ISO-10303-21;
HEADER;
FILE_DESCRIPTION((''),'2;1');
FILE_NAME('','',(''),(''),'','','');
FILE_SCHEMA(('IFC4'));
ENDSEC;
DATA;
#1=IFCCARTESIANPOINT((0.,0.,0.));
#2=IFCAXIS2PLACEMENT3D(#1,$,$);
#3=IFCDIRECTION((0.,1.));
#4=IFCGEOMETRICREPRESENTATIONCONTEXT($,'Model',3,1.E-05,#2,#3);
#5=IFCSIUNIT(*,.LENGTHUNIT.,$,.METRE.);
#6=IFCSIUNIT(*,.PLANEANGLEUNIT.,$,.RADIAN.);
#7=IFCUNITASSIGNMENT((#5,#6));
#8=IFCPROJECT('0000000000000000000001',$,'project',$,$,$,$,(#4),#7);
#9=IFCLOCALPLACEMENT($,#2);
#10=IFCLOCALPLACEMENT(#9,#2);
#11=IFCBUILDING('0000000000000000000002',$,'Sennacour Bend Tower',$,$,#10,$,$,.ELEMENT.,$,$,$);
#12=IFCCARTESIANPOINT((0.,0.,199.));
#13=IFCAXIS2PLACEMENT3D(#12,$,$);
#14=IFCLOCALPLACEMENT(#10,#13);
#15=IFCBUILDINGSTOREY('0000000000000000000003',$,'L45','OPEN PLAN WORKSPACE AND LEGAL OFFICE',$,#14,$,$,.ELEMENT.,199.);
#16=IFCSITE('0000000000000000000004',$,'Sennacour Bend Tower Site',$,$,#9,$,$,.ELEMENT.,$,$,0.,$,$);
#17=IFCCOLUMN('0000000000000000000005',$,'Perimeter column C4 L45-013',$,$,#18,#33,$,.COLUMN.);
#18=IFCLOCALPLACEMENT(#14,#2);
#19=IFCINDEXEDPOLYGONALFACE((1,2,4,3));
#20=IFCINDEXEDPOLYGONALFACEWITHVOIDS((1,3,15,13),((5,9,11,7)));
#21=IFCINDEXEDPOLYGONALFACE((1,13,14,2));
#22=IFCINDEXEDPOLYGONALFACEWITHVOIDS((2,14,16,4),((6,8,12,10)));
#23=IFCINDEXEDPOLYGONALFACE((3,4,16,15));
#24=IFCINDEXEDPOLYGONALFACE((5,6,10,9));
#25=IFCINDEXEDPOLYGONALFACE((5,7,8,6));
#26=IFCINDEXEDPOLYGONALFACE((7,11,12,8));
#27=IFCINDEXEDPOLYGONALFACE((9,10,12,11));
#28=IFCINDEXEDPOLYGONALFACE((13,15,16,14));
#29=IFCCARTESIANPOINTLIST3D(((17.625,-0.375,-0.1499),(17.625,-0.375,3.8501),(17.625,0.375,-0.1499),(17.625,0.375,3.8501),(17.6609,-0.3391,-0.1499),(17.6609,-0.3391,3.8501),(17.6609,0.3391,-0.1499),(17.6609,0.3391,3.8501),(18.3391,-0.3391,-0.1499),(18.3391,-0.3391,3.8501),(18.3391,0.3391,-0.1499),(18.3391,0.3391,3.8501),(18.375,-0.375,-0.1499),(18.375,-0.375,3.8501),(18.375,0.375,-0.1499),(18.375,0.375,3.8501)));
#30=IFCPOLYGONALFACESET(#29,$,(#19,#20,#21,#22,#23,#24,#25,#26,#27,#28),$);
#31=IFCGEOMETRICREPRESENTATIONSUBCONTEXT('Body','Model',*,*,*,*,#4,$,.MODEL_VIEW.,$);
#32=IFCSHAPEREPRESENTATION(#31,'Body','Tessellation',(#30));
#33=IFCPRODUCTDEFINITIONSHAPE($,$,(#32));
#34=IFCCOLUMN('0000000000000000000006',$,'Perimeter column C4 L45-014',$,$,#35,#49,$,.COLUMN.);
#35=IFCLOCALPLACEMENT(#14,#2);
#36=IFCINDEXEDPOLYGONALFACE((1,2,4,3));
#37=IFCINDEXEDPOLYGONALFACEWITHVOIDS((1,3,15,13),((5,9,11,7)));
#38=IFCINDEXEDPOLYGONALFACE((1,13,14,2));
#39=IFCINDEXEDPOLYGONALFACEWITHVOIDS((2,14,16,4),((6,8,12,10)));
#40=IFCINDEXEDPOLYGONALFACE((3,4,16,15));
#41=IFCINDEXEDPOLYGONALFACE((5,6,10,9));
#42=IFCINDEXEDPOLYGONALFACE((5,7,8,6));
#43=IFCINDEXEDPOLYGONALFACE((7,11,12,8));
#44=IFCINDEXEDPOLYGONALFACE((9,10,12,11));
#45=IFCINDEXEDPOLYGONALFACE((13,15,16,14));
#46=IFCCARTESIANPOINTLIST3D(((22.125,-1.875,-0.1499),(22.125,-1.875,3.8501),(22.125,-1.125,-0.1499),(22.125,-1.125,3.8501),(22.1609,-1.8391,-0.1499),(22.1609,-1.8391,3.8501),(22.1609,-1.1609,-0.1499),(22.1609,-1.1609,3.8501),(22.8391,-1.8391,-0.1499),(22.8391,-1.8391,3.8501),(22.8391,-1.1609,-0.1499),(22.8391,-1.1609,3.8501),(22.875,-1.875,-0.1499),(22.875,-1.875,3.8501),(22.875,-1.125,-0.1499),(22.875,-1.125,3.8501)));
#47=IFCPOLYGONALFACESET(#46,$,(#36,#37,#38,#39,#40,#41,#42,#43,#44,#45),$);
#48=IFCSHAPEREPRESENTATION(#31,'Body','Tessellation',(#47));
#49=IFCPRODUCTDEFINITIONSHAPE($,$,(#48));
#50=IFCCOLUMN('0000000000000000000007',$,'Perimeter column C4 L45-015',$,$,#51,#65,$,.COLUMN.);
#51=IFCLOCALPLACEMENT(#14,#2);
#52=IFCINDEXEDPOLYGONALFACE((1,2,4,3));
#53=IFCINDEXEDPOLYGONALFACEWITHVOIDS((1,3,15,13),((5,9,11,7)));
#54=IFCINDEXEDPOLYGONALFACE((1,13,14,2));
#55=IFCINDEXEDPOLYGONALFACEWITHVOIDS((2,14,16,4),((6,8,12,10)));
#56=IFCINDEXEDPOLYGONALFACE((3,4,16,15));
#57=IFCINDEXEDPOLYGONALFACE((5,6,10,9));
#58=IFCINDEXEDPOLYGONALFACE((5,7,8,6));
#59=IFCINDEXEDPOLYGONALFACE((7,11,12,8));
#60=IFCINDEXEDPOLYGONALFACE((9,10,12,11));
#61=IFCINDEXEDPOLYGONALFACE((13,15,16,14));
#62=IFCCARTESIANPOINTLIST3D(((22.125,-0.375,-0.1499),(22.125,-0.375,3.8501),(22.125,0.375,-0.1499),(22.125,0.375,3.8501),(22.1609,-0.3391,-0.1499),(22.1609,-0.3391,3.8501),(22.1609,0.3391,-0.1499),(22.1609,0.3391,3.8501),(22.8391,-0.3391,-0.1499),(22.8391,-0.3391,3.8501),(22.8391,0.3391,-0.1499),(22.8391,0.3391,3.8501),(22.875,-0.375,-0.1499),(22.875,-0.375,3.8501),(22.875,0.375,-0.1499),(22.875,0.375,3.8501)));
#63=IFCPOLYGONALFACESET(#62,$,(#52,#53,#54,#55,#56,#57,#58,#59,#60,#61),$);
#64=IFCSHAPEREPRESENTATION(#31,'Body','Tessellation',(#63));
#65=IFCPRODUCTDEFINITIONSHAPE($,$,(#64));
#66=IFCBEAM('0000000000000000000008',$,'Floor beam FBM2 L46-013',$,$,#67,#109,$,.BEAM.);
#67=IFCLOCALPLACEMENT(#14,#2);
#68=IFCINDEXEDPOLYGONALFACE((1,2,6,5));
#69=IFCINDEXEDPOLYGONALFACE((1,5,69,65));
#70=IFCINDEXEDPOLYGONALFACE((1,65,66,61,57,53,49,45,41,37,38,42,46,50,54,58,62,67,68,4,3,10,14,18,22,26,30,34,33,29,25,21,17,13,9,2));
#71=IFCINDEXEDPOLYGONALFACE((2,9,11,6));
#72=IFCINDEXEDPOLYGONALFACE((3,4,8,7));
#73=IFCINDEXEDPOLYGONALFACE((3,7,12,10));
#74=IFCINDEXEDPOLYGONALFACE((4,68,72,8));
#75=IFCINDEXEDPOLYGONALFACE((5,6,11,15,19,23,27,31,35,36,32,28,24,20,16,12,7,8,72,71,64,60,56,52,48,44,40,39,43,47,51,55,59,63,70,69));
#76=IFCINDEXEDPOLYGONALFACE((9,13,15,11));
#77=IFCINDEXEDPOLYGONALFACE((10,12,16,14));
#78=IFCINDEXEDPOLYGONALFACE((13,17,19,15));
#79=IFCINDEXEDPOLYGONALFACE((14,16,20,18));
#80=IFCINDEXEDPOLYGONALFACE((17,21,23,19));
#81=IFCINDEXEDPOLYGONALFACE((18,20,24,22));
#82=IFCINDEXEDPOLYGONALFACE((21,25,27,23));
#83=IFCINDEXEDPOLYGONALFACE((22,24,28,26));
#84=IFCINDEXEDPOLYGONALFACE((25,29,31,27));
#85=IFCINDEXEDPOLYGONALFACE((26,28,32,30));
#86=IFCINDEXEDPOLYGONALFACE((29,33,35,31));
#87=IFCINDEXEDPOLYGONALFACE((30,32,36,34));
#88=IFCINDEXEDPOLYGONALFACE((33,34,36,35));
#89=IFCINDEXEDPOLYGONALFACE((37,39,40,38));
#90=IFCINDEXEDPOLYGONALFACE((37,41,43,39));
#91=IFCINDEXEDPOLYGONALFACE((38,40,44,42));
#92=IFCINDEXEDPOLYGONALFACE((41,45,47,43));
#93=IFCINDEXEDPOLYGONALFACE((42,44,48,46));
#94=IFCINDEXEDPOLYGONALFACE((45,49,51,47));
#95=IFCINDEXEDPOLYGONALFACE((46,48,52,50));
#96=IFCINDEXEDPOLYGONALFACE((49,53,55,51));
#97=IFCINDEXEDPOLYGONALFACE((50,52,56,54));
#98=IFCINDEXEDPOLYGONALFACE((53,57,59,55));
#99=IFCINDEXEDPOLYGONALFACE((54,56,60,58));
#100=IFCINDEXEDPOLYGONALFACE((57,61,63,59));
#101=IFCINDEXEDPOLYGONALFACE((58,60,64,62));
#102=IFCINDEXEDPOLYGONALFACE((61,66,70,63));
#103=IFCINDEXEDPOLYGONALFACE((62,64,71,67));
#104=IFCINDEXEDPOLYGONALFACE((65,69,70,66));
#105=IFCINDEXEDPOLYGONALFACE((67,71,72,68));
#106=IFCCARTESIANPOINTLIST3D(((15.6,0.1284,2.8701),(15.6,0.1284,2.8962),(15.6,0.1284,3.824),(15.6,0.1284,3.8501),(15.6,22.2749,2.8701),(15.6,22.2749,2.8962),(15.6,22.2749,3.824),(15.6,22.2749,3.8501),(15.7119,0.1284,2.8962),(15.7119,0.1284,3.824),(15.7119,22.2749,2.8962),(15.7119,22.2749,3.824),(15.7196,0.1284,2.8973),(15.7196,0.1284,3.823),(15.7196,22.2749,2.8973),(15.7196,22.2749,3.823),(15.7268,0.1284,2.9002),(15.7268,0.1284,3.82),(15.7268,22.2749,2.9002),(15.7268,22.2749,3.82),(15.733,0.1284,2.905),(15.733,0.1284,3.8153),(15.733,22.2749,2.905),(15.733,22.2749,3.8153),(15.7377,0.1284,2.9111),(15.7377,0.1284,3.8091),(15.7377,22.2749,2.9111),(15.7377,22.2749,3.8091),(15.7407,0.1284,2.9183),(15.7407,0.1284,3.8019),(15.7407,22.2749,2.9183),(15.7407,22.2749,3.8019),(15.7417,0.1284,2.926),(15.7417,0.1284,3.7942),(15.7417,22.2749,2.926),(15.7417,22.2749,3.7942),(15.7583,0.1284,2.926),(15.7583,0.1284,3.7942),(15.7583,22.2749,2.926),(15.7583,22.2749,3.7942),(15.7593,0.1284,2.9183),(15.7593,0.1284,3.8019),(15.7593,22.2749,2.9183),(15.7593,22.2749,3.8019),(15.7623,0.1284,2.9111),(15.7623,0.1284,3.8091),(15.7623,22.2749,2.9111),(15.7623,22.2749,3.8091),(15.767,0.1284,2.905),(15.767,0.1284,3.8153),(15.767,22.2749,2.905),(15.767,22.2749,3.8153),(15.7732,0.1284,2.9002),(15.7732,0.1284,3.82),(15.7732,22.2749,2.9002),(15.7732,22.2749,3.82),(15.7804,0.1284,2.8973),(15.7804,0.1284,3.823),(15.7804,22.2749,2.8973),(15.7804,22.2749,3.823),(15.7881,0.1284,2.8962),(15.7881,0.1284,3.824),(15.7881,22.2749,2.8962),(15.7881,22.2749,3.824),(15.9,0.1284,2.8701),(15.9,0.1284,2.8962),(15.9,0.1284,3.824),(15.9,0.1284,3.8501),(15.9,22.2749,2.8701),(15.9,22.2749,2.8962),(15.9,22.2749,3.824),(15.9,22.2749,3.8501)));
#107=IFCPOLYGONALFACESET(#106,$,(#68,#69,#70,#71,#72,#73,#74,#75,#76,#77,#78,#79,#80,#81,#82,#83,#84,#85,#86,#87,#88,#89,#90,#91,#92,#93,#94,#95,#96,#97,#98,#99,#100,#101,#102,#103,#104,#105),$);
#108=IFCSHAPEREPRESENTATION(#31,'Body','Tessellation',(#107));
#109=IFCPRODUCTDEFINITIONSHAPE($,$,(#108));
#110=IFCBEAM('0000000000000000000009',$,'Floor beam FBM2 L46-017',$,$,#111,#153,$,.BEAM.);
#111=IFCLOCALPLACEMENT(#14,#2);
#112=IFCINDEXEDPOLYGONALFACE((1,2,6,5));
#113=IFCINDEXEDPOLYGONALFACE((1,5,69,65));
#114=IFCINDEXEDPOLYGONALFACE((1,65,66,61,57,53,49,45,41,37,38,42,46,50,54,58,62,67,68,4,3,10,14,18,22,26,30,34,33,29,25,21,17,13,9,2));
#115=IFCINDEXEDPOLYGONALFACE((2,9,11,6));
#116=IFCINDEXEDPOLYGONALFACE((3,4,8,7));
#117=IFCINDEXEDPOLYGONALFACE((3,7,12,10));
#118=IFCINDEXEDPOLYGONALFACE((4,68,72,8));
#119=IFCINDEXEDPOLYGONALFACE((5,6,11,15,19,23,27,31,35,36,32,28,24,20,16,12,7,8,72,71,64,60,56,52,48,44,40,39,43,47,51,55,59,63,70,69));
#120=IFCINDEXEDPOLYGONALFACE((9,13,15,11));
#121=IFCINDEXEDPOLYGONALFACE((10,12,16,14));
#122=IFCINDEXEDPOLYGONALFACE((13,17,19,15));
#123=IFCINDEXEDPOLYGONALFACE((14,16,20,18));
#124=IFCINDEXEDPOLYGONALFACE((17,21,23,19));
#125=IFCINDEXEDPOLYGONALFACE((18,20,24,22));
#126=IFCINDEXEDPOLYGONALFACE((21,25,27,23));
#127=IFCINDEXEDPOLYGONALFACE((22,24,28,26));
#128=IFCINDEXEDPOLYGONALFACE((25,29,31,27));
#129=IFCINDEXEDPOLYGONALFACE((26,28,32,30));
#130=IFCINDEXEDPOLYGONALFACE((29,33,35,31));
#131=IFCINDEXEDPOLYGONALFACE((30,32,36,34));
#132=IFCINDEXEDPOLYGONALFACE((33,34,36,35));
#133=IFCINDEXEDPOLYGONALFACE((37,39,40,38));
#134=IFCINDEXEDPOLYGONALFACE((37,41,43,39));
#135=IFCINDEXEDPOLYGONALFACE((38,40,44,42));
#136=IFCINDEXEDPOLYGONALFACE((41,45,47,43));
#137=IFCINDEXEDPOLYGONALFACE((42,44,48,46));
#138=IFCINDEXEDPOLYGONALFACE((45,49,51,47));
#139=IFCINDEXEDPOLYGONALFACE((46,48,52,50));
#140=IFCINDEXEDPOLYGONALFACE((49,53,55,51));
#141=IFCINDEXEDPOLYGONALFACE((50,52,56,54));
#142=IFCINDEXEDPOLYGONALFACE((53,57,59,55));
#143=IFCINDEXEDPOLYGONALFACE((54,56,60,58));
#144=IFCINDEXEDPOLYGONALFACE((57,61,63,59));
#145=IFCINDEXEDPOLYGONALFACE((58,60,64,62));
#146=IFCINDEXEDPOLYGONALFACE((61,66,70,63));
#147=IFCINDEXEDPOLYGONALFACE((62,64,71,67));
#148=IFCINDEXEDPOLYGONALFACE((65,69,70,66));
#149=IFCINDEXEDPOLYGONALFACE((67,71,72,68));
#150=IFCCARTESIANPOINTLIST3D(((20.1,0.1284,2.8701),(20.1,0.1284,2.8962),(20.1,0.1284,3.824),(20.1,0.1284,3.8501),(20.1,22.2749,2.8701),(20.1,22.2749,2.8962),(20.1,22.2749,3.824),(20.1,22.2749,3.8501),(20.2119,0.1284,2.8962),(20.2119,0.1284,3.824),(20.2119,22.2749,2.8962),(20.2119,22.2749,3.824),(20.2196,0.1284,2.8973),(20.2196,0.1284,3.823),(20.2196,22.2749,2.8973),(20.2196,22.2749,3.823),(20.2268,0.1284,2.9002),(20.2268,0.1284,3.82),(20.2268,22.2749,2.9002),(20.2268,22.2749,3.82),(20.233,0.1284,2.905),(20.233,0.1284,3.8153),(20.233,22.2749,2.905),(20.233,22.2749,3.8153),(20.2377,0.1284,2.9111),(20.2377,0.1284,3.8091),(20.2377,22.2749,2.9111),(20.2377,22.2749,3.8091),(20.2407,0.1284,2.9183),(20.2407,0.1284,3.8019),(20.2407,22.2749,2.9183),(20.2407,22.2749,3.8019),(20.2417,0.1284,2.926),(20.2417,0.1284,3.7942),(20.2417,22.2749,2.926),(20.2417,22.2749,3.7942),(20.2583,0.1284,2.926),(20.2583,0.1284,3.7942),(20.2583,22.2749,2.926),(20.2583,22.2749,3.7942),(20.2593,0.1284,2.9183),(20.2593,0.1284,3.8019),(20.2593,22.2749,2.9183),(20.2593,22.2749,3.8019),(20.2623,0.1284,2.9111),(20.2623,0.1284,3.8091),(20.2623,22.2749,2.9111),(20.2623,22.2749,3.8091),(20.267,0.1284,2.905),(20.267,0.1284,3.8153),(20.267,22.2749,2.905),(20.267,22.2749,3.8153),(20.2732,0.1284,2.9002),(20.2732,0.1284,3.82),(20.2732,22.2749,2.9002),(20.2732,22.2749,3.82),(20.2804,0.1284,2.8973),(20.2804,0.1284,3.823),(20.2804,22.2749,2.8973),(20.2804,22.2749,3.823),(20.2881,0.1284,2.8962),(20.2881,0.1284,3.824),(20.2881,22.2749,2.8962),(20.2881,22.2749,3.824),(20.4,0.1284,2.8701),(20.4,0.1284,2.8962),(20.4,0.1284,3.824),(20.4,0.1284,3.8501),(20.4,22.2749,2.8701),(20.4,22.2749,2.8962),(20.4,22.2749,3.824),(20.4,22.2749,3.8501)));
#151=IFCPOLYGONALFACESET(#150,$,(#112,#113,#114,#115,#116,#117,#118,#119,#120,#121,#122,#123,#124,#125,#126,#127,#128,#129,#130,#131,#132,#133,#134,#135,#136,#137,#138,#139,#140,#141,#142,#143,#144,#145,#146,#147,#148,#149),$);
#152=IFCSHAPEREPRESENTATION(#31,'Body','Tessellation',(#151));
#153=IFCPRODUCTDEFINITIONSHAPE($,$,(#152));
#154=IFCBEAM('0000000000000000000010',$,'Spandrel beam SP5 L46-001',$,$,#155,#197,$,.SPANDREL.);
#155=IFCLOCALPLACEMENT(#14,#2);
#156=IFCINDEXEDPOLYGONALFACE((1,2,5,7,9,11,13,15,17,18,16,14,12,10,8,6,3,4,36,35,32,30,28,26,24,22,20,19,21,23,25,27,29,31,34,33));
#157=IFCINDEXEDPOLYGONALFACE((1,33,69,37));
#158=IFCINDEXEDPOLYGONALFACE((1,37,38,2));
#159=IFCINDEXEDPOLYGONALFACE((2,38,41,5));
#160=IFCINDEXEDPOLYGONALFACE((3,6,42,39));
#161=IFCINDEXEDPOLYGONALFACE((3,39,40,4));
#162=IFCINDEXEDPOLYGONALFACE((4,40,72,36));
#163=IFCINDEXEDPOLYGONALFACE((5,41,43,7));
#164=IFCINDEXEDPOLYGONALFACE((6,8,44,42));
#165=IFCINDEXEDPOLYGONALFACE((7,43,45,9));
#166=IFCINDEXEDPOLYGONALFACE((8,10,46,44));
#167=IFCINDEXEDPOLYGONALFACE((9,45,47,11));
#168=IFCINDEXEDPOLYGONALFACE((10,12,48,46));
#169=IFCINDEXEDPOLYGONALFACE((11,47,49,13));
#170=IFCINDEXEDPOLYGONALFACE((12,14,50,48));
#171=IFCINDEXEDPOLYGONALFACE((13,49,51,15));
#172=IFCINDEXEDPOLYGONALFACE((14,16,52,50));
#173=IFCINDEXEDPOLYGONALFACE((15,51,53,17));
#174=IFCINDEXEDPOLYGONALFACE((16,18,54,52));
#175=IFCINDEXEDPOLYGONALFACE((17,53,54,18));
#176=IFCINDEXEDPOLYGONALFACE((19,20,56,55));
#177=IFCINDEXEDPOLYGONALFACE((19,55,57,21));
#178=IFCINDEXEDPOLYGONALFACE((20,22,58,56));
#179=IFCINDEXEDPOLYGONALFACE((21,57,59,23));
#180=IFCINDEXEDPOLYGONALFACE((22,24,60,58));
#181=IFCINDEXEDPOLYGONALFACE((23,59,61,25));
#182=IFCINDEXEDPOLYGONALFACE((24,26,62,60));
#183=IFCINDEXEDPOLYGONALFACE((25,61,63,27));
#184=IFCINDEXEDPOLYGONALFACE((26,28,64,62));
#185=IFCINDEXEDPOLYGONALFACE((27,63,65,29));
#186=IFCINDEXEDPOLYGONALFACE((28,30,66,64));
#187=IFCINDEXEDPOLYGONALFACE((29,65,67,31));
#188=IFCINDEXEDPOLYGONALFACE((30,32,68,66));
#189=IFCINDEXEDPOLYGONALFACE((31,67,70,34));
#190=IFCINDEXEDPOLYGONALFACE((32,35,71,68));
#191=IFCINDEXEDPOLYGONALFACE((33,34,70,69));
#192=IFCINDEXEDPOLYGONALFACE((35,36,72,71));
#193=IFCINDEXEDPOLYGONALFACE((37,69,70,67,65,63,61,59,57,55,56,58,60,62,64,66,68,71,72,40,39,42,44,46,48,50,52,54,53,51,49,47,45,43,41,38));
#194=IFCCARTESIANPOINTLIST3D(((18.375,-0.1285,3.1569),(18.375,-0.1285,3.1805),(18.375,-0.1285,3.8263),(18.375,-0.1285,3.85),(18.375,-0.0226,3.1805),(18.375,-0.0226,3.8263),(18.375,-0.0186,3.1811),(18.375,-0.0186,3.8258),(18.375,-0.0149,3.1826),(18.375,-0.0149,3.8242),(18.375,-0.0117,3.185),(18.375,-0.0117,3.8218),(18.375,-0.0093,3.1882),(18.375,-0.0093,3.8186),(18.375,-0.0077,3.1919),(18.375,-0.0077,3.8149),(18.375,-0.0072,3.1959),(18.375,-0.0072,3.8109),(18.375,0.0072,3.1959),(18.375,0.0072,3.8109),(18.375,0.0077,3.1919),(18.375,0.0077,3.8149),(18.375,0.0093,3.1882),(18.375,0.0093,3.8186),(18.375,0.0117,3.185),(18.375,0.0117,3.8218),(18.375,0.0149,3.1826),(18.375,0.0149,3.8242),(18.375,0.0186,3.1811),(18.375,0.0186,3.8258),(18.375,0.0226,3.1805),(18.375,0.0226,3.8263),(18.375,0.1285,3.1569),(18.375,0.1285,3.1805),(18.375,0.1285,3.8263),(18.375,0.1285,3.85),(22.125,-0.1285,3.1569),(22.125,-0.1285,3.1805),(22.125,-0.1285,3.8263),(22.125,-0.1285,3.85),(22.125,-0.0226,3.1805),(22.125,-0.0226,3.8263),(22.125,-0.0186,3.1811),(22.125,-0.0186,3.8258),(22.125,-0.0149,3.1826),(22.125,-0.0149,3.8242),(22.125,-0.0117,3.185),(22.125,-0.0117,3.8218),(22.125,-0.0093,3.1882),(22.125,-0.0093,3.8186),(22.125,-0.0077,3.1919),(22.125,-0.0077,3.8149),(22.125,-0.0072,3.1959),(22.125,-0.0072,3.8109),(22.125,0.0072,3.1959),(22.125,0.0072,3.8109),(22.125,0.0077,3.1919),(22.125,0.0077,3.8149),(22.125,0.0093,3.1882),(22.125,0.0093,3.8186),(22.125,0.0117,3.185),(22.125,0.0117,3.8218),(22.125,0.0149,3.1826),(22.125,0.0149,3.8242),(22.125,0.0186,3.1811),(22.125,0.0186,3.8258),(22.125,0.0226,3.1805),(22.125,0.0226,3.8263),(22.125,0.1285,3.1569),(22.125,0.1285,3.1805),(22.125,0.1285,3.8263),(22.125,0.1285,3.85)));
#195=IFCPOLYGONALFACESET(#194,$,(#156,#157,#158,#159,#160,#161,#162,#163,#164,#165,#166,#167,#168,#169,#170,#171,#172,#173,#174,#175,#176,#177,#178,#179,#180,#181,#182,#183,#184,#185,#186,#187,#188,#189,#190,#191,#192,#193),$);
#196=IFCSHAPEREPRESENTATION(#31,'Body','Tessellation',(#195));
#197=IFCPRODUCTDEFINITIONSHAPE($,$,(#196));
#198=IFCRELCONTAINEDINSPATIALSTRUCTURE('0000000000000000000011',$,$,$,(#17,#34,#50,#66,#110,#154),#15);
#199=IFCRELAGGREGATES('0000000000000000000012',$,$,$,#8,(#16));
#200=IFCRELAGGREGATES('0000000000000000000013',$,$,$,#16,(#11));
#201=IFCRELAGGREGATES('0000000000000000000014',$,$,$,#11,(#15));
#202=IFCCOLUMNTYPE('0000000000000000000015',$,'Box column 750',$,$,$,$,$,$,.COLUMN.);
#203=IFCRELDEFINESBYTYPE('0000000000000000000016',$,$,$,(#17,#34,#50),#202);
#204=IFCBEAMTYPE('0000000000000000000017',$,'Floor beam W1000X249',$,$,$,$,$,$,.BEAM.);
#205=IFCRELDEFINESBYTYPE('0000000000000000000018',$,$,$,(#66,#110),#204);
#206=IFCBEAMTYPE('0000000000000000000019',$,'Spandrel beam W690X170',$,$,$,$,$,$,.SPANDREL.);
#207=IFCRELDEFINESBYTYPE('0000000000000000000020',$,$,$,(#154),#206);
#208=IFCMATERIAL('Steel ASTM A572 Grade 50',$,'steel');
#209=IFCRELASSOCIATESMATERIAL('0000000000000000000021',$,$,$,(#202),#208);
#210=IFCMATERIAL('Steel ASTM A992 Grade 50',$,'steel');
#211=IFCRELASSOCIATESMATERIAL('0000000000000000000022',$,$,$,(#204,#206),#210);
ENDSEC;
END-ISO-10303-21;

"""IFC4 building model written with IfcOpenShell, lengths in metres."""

from ifc_helpers import new_model, si_unit, direction, frame, origin, origin_2d, place, context, subcontext, project, spatial, hollow_rectangle, i_section, extrude, material, material_profile, profile_set, type_object, element, save


model = new_model("IFC4")

# Units and contexts
model_context = context("Model", 3, precision=1e-05, world=origin(), true_north=direction((0.0, 1.0)))
body_context = subcontext(model_context, "Body", "Model", "MODEL_VIEW")
ifc_project = project(units=[si_unit("LENGTHUNIT", "METRE"), si_unit("PLANEANGLEUNIT", "RADIAN")], contexts=[model_context])

# Site, building, storey
site_placement = place(None, origin())
site = spatial("IfcSite", under=ifc_project, at=site_placement, Name="Sennacour Bend Tower Site", CompositionType="ELEMENT", RefElevation=0.0)
building_placement = place(site_placement, origin())
building = spatial("IfcBuilding", under=site, at=building_placement, Name="Sennacour Bend Tower", CompositionType="ELEMENT")
storey_placement = place(building_placement, frame((0.0, 0.0, 199.0)))
storey = spatial("IfcBuildingStorey", under=building, at=storey_placement, Name="L45", Description="OPEN PLAN WORKSPACE AND LEGAL OFFICE", CompositionType="ELEMENT", Elevation=199.0)

# Columns
ifc_material_1 = material(Name="Steel ASTM A572 Grade 50", Category="steel")
ifc_material_profile_1 = material_profile(ifc_material_1, hollow_rectangle(XDim=0.75, YDim=0.75, WallThickness=0.0359, at=origin_2d()), Name="Steel ASTM A572 Grade 50", Category="steel")
ifc_profile_set_1 = profile_set([ifc_material_profile_1], Name="Steel ASTM A572 Grade 50")
column_type = type_object("IfcColumnType", Name="Box column 750", PredefinedType="COLUMN", material=ifc_profile_set_1)
for number, where, z_axis, x_axis, name in (
    (1, (18.0, 0.0, -0.1499), (0.0, 0.0, 1.0), (1.0, 0.0, 0.0), "Perimeter column C4 L45-013"),
    (2, (22.5, -1.5, -0.1499), (0.0, 0.0, 1.0), (1.0, 0.0, 0.0), "Perimeter column C4 L45-014"),
    (3, (22.5, 0.0, -0.1499), (0.0, 0.0, 1.0), (1.0, 0.0, 0.0), "Perimeter column C4 L45-015"),
):
    element("IfcColumn", number, at=place(storey_placement, frame(where, z_axis=z_axis, x_axis=x_axis)), inside=storey, type_object=column_type, Name=name, PredefinedType="COLUMN", context=body_context, shape_type="SweptSolid", body=[
        extrude(hollow_rectangle(XDim=0.75, YDim=0.75, WallThickness=0.0359, at=origin_2d()), origin(), (0.0, 0.0, 1.0), 4.0),
    ])

# Beams
ifc_material_2 = material(Name="Steel ASTM A992 Grade 50", Category="steel")
ifc_material_profile_2 = material_profile(ifc_material_2, i_section(OverallWidth=0.3, OverallDepth=0.98, WebThickness=0.0166, FlangeThickness=0.0261, FilletRadius=0.0298, at=origin_2d()), Name="Steel ASTM A992 Grade 50", Category="steel")
ifc_profile_set_2 = profile_set([ifc_material_profile_2], Name="Steel ASTM A992 Grade 50")
beam_type_1 = type_object("IfcBeamType", Name="Floor beam W1000X249", PredefinedType="BEAM", material=ifc_profile_set_2)
for number, where, z_axis, x_axis, name in (
    (4, (15.75, 0.1284, 3.3601), (0.0, 1.0, 0.0), (-1.0, 0.0, 0.0), "Floor beam FBM2 L46-013"),
    (5, (20.25, 0.1284, 3.3601), (0.0, 1.0, 0.0), (-1.0, 0.0, 0.0), "Floor beam FBM2 L46-017"),
):
    element("IfcBeam", number, at=place(storey_placement, frame(where, z_axis=z_axis, x_axis=x_axis)), inside=storey, type_object=beam_type_1, Name=name, PredefinedType="BEAM", context=body_context, shape_type="SweptSolid", body=[
        extrude(i_section(OverallWidth=0.3, OverallDepth=0.98, WebThickness=0.0166, FlangeThickness=0.0261, FilletRadius=0.0298, at=origin_2d()), origin(), (0.0, 0.0, 1.0), 22.1465),
    ])
ifc_material_profile_3 = material_profile(ifc_material_2, i_section(OverallWidth=0.2571, OverallDepth=0.6931, WebThickness=0.0144, FlangeThickness=0.0237, FilletRadius=0.0154, at=origin_2d()), Name="Steel ASTM A992 Grade 50", Category="steel")
ifc_profile_set_3 = profile_set([ifc_material_profile_3], Name="Steel ASTM A992 Grade 50")
beam_type_2 = type_object("IfcBeamType", Name="Spandrel beam W690X170", PredefinedType="SPANDREL", material=ifc_profile_set_3)
for number, where, z_axis, x_axis, name in (
    (6, (22.125, 0.0, 3.5034), (-1.0, 0.0, 0.0), (0.0, -1.0, 0.0), "Spandrel beam SP5 L46-001"),
):
    element("IfcBeam", number, at=place(storey_placement, frame(where, z_axis=z_axis, x_axis=x_axis)), inside=storey, type_object=beam_type_2, Name=name, PredefinedType="SPANDREL", context=body_context, shape_type="SweptSolid", body=[
        extrude(i_section(OverallWidth=0.2571, OverallDepth=0.6931, WebThickness=0.0144, FlangeThickness=0.0237, FilletRadius=0.0154, at=origin_2d()), origin(), (0.0, 0.0, 1.0), 3.75),
    ])

save(model, "model.ifc")
